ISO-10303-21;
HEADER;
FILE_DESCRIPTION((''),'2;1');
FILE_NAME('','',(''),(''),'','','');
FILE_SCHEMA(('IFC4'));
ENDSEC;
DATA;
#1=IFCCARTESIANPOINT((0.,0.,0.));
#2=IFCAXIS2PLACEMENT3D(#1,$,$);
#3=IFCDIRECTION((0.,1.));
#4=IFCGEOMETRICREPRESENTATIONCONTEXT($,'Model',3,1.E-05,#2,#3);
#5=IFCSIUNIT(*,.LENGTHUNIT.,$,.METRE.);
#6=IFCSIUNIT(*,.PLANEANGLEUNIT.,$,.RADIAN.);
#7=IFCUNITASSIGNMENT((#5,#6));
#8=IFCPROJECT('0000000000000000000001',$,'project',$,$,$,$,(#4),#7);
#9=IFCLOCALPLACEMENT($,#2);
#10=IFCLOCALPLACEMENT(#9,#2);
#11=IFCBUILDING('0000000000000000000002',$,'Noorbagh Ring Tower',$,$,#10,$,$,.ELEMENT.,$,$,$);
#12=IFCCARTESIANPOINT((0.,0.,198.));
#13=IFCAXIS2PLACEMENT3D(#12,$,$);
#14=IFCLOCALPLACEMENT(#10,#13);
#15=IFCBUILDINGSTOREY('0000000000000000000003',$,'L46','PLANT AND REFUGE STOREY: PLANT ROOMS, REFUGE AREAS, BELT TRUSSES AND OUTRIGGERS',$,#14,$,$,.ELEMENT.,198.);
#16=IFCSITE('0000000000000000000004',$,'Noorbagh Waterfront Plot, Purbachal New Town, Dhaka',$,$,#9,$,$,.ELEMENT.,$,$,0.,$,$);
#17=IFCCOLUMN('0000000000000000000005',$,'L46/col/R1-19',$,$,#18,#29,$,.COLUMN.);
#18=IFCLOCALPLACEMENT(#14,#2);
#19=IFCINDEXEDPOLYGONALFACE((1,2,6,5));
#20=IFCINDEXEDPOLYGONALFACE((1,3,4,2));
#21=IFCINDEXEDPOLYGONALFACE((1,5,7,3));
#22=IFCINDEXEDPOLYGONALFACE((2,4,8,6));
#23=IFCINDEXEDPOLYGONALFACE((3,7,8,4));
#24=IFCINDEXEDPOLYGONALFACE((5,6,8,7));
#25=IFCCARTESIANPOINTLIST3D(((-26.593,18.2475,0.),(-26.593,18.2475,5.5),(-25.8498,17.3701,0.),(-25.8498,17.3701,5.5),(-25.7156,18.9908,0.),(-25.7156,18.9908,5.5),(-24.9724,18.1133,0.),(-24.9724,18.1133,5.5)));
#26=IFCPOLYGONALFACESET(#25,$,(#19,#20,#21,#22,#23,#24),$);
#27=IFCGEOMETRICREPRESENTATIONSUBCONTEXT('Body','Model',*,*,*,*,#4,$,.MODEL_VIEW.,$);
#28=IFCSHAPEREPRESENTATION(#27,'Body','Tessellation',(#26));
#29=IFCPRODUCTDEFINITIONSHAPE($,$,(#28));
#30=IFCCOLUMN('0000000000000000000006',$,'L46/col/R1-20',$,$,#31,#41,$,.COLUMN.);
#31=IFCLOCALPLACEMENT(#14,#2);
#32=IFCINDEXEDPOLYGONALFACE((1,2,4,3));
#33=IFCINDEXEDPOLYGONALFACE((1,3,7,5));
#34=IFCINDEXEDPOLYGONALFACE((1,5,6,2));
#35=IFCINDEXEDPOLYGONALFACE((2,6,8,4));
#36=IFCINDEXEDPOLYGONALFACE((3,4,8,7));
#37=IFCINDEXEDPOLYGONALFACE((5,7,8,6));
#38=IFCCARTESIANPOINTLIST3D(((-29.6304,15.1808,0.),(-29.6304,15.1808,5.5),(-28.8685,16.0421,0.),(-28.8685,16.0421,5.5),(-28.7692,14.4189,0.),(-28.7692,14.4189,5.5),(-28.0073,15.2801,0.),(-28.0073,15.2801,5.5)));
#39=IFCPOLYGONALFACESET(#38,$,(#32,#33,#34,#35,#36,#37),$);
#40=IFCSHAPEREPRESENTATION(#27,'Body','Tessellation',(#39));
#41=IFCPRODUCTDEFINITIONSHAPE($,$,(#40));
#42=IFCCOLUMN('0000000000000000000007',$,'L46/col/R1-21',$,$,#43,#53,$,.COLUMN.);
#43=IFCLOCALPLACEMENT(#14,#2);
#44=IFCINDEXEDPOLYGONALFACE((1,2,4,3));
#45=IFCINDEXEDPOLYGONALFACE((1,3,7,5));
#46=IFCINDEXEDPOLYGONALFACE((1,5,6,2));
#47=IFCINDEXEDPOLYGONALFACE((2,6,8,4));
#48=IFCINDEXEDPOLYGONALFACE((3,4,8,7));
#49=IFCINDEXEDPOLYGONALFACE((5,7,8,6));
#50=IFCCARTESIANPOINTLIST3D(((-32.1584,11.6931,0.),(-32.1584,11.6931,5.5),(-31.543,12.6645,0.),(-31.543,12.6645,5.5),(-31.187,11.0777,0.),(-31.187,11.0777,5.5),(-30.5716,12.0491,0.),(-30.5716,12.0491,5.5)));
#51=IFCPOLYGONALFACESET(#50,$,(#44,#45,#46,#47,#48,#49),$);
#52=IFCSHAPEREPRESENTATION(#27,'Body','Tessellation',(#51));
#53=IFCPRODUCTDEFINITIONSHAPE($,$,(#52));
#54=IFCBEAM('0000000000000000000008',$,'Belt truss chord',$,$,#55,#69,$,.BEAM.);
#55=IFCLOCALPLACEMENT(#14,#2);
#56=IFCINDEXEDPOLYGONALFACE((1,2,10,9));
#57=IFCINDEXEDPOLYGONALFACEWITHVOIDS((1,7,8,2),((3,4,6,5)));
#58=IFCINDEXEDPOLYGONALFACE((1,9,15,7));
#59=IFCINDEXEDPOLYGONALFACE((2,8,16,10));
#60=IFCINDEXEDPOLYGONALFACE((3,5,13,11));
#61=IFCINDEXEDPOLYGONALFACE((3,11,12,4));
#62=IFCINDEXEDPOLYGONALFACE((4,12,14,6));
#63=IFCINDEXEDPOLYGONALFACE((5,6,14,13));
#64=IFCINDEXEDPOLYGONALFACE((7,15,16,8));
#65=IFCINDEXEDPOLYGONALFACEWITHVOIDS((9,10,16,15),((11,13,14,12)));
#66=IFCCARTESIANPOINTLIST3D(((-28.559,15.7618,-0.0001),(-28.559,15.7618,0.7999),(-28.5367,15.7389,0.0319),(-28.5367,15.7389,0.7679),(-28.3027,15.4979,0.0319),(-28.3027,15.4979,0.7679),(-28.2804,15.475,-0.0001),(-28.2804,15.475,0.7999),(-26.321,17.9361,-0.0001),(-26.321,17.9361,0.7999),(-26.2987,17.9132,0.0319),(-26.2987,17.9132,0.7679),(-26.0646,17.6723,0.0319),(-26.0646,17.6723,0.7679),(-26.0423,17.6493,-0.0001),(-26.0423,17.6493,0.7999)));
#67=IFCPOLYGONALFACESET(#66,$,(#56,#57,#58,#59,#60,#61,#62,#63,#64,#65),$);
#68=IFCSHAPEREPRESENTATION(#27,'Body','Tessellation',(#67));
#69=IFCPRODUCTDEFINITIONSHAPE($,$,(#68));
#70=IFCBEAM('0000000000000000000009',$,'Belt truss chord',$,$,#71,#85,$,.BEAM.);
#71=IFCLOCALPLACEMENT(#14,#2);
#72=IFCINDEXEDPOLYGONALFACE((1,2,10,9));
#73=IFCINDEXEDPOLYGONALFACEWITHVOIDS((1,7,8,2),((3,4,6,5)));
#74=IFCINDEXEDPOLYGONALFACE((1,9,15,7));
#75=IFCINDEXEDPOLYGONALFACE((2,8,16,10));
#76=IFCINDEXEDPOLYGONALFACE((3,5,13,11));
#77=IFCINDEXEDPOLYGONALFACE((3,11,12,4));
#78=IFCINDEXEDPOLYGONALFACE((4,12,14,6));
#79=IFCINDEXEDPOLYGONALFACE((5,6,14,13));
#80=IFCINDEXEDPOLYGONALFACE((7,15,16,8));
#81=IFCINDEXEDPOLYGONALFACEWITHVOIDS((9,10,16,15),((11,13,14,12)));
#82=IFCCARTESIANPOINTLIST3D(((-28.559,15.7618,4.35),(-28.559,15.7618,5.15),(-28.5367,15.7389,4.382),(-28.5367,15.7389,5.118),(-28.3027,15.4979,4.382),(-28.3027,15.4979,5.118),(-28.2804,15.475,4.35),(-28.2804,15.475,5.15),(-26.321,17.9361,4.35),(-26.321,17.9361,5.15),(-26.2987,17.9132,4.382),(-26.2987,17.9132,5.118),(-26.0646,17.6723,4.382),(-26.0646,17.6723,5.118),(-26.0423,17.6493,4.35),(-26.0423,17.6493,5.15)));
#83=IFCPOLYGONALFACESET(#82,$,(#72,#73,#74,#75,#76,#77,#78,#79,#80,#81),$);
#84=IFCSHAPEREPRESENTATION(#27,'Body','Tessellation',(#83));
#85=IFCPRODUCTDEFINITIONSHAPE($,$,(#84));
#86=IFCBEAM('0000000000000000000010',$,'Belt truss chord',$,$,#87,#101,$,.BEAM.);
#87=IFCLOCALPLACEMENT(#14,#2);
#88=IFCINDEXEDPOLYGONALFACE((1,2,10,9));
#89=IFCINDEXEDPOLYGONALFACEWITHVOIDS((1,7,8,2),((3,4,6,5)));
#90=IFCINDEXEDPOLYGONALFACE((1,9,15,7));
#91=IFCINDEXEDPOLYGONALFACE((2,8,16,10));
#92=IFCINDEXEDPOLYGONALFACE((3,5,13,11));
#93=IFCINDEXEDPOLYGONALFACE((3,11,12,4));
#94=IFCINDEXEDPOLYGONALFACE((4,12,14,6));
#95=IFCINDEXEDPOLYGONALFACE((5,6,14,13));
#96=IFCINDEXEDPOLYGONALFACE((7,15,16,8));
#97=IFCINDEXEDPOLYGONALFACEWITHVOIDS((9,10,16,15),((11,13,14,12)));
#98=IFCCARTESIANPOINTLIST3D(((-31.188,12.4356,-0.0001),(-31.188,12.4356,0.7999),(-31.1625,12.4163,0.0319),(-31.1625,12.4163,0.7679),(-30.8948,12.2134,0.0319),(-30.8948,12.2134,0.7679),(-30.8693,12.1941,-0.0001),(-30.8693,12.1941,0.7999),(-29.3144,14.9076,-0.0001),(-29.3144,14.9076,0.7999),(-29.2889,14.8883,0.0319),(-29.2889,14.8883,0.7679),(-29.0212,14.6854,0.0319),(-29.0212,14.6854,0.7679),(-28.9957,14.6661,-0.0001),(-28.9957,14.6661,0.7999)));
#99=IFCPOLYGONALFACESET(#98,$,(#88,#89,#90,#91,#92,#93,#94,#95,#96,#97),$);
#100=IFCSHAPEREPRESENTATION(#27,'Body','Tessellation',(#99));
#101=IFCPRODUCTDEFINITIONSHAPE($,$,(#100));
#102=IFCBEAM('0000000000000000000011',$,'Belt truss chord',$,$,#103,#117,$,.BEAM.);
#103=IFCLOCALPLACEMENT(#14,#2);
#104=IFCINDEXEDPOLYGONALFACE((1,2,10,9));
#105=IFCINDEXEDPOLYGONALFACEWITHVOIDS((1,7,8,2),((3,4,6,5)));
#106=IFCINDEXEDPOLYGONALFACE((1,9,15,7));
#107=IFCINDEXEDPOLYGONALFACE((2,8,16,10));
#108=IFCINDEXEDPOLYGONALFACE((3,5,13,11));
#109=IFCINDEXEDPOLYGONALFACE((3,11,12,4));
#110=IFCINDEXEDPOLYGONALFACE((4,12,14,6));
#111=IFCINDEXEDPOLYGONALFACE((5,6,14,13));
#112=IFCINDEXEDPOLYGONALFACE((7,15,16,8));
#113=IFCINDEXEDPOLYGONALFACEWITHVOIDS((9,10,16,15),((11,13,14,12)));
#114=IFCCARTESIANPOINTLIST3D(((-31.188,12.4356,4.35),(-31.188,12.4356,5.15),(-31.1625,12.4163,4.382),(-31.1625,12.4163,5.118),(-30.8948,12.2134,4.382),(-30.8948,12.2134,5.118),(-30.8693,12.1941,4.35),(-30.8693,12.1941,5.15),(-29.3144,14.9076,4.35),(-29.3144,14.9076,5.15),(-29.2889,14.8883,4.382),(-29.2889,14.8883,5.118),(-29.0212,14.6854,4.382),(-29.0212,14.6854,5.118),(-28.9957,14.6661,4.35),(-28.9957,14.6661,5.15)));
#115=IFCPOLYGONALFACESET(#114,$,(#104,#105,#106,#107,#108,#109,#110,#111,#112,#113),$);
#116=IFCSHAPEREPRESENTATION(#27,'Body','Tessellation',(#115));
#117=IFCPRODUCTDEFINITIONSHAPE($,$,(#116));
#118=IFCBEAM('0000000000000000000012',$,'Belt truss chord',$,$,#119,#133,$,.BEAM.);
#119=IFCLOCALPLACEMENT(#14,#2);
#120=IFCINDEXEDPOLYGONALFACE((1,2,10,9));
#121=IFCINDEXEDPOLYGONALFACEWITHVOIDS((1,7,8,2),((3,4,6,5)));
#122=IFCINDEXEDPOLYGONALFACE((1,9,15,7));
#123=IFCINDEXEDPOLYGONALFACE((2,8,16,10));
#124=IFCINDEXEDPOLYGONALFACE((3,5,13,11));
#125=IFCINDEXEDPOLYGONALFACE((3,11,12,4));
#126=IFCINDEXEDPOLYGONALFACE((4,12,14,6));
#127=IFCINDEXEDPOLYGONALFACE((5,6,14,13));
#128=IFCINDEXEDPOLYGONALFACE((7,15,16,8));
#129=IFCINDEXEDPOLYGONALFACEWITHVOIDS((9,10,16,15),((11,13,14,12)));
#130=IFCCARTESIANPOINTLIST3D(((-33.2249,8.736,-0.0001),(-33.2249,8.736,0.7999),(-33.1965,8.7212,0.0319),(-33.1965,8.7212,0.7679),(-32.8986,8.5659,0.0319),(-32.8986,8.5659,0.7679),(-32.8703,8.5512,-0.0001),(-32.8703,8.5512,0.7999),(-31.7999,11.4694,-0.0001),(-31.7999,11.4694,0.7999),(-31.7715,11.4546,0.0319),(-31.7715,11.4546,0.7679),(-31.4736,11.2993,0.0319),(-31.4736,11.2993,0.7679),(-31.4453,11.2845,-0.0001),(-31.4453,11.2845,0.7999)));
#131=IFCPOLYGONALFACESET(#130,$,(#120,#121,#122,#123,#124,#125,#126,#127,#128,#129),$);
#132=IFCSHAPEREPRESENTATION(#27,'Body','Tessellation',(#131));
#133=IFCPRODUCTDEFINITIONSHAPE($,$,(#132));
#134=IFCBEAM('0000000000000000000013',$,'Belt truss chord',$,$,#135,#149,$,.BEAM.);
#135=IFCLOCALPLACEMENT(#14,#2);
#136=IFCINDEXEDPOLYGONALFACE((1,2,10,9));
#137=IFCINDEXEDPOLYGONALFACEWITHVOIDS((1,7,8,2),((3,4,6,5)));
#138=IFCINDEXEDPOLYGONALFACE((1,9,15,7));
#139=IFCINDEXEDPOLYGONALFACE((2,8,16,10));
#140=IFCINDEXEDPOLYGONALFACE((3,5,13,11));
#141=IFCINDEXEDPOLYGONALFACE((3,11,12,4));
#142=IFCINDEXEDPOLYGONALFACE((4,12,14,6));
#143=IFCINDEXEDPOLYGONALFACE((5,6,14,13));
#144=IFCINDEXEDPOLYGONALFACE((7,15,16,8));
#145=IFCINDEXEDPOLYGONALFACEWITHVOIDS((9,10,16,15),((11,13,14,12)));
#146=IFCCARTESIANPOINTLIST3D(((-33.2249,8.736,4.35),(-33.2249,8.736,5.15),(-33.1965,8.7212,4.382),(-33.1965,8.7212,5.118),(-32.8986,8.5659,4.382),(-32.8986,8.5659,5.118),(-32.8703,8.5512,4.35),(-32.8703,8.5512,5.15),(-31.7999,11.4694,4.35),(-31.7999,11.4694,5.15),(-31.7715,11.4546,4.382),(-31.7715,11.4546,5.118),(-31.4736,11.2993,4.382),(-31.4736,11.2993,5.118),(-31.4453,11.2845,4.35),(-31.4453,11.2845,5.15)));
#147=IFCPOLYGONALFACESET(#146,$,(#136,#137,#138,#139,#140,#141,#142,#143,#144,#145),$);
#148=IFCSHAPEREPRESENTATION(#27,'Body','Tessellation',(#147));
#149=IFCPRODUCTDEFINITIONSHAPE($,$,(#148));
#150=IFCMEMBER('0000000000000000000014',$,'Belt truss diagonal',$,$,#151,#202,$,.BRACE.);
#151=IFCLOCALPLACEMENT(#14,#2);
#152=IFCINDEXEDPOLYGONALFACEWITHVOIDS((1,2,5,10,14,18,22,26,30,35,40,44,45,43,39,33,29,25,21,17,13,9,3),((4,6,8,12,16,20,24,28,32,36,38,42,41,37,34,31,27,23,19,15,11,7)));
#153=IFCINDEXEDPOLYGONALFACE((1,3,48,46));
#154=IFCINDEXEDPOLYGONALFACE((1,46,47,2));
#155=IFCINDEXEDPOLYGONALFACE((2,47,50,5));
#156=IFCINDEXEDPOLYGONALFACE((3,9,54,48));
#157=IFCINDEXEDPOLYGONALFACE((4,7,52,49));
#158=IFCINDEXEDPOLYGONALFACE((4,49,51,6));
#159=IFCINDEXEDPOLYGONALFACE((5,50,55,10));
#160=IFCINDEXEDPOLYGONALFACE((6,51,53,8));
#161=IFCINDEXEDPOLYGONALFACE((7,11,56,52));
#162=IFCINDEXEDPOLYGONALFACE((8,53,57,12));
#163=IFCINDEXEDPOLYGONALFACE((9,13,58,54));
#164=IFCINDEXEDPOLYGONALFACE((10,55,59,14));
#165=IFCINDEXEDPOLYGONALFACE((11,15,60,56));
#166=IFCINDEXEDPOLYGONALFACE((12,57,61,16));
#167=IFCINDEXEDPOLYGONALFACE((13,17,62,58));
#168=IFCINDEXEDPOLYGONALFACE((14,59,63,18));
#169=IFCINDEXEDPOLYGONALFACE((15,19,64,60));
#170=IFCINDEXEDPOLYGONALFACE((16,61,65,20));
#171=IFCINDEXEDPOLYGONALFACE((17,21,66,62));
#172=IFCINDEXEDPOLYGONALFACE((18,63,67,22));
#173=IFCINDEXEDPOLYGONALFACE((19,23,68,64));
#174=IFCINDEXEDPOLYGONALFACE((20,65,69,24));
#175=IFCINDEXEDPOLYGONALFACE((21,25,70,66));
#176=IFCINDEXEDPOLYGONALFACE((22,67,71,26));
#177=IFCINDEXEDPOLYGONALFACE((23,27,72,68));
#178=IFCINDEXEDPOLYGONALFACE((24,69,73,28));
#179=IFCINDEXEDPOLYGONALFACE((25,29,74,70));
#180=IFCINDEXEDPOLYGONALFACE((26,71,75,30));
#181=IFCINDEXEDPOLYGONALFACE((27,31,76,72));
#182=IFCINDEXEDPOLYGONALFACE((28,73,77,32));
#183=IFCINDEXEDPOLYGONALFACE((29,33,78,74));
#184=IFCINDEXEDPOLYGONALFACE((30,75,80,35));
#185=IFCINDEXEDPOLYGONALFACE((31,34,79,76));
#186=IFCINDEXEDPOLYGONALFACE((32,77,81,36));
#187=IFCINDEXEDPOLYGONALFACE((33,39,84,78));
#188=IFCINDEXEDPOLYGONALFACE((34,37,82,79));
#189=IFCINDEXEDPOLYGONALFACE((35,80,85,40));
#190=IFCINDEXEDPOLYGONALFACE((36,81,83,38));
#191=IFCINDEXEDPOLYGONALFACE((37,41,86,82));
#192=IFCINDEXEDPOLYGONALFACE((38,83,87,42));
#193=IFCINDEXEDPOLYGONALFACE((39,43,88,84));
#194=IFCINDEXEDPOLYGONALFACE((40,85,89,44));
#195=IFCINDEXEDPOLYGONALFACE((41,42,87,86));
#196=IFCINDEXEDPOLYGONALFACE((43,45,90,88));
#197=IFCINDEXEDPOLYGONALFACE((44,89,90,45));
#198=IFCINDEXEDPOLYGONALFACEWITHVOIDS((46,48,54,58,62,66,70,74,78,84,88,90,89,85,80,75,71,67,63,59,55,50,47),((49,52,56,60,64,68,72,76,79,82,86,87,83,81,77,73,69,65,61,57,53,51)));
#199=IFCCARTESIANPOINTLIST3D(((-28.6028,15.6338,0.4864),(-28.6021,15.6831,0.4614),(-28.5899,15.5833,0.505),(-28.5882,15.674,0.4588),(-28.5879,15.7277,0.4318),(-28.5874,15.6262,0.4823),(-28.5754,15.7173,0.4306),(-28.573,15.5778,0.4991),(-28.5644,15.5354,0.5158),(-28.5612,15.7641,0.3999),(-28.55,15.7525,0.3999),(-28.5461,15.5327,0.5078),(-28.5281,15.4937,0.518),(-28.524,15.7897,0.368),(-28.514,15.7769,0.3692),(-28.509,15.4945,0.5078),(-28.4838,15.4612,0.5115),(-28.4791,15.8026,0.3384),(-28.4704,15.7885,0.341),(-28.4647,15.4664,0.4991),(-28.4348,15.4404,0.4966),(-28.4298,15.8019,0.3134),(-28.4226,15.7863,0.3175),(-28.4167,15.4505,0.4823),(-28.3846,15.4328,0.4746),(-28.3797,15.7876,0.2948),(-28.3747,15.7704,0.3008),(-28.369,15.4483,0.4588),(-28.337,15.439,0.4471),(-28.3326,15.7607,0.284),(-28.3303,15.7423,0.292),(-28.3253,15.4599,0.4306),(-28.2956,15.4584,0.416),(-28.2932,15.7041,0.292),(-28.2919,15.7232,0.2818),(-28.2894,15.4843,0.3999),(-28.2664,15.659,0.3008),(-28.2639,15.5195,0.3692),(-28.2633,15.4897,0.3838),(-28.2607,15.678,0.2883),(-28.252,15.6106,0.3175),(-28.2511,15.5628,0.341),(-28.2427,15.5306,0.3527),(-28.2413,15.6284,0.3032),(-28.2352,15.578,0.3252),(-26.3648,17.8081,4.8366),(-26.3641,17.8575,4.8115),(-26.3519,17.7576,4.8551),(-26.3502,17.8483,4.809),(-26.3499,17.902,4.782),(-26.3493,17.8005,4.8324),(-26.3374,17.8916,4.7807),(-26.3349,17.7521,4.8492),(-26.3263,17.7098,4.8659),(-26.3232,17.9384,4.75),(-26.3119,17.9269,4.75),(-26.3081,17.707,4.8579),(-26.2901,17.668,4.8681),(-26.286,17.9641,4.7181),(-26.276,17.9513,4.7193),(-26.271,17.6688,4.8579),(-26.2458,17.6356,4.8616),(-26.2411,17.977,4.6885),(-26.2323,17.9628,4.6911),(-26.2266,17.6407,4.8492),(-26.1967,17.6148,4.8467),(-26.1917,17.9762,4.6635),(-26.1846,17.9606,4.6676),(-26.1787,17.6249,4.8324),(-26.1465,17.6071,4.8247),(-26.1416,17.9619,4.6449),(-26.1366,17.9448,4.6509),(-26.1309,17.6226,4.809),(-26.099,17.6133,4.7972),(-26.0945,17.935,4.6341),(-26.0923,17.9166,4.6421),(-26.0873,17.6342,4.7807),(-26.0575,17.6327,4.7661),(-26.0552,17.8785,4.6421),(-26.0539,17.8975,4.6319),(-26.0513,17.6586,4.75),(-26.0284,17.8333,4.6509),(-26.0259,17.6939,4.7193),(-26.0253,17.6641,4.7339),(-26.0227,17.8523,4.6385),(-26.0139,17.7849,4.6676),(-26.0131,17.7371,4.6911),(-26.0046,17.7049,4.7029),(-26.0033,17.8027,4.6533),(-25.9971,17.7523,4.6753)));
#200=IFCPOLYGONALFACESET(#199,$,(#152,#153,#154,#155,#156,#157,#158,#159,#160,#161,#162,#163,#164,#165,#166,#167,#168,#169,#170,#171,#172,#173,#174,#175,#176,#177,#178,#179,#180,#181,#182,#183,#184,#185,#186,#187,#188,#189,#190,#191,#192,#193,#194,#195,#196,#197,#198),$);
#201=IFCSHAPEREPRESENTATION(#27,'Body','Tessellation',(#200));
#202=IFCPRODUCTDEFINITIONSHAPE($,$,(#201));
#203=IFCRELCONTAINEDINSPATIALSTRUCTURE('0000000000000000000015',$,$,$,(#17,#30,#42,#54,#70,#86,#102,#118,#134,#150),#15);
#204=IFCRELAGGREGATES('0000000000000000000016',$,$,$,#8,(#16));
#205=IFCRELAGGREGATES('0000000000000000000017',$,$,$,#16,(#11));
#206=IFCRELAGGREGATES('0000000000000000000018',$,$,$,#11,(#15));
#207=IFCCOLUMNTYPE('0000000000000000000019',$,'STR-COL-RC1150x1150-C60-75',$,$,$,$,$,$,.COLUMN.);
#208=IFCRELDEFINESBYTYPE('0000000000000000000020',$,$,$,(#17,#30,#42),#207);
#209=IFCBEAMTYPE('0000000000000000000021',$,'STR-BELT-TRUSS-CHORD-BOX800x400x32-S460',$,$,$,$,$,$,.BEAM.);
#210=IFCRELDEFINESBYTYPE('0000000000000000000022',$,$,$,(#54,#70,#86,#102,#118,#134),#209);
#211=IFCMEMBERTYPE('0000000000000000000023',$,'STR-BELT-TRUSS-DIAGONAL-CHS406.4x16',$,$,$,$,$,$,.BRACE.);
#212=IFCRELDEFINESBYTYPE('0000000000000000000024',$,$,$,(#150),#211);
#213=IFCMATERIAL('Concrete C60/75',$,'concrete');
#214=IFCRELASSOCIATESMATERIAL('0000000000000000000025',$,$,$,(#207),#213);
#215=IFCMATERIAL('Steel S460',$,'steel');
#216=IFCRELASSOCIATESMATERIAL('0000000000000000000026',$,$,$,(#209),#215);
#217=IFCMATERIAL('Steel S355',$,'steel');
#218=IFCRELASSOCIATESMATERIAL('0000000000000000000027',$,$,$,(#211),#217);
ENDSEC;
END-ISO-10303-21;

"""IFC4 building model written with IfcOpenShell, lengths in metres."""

from ifc_helpers import new_model, si_unit, direction, frame, origin, origin_2d, place, context, subcontext, project, spatial, rectangle, hollow_rectangle, hollow_circle, extrude, material, material_profile, profile_set, type_object, element, save


model = new_model("IFC4")

# Units and contexts
model_context = context("Model", 3, precision=1e-05, world=origin(), true_north=direction((0.0, 1.0)))
body_context = subcontext(model_context, "Body", "Model", "MODEL_VIEW")
ifc_project = project(units=[si_unit("LENGTHUNIT", "METRE"), si_unit("PLANEANGLEUNIT", "RADIAN")], contexts=[model_context])

# Site, building, storey
site_placement = place(None, origin())
site = spatial("IfcSite", under=ifc_project, at=site_placement, Name="Noorbagh Waterfront Plot, Purbachal New Town, Dhaka", CompositionType="ELEMENT", RefElevation=0.0)
building_placement = place(site_placement, origin())
building = spatial("IfcBuilding", under=site, at=building_placement, Name="Noorbagh Ring Tower", CompositionType="ELEMENT")
storey_placement = place(building_placement, frame((0.0, 0.0, 198.0)))
storey = spatial("IfcBuildingStorey", under=building, at=storey_placement, Name="L46", Description="PLANT AND REFUGE STOREY: PLANT ROOMS, REFUGE AREAS, BELT TRUSSES AND OUTRIGGERS", CompositionType="ELEMENT", Elevation=198.0)

# Columns
ifc_material_1 = material(Name="Concrete C60/75", Category="concrete")
ifc_material_profile_1 = material_profile(ifc_material_1, rectangle(XDim=1.1499, YDim=1.1499, at=origin_2d()), Name="RC1150x1150")
ifc_profile_set_1 = profile_set([ifc_material_profile_1], Name="Concrete C60/75")
column_type = type_object("IfcColumnType", Name="STR-COL-RC1150x1150-C60-75", PredefinedType="COLUMN", material=ifc_profile_set_1)
for number, where, z_axis, x_axis, name in (
    (1, (-25.7827, 18.1804, 0.0), (0.0, 0.0, 1.0), (-0.763035, -0.646357, 0.0), "L46/col/R1-19"),
    (2, (-28.8188, 15.2305, 0.0), (0.0, 0.0, 1.0), (-0.662636, -0.748942, 0.0), "L46/col/R1-20"),
    (3, (-31.365, 11.8711, 0.0), (0.0, 0.0, 1.0), (-0.53519, -0.844731, 0.0), "L46/col/R1-21"),
):
    element("IfcColumn", number, at=place(storey_placement, frame(where, z_axis=z_axis, x_axis=x_axis)), inside=storey, type_object=column_type, Name=name, PredefinedType="COLUMN", context=body_context, shape_type="SweptSolid", body=[
        extrude(rectangle(XDim=1.1499, YDim=1.1499, at=origin_2d()), origin(), (0.0, 0.0, 1.0), 5.5),
    ])

# Beams
ifc_material_2 = material(Name="Steel S460", Category="steel")
ifc_material_profile_2 = material_profile(ifc_material_2, hollow_rectangle(XDim=0.3999, YDim=0.8, WallThickness=0.032, at=origin_2d()), Name="BOX800x400x32")
ifc_profile_set_2 = profile_set([ifc_material_profile_2], Name="Steel S460")
beam_type_1 = type_object("IfcBeamType", Name="STR-BELT-TRUSS-CHORD-BOX800x400x32-S460", PredefinedType="BEAM", material=ifc_profile_set_2)
for number, where, z_axis, x_axis, name in (
    (4, (-26.1816, 17.7927, 0.3999), (-0.717244, -0.696822, 0.0), (0.696822, -0.717244, 0.0), "Belt truss chord"),
    (5, (-26.1816, 17.7927, 4.75), (-0.717244, -0.696822, 0.0), (0.696822, -0.717244, 0.0), "Belt truss chord"),
):
    element("IfcBeam", number, at=place(storey_placement, frame(where, z_axis=z_axis, x_axis=x_axis)), inside=storey, type_object=beam_type_1, Name=name, PredefinedType="BEAM", context=body_context, shape_type="SweptSolid", body=[
        extrude(hollow_rectangle(XDim=0.3999, YDim=0.8, WallThickness=0.032, at=origin_2d()), origin(), (0.0, 0.0, 1.0), 3.1204),
    ])
for number, where, z_axis, x_axis, name in (
    (6, (-29.155, 14.7869, 0.3999), (-0.604035, -0.796958, 0.0), (0.796958, -0.604035, 0.0), "Belt truss chord"),
    (7, (-29.155, 14.7869, 4.75), (-0.604035, -0.796958, 0.0), (0.796958, -0.604035, 0.0), "Belt truss chord"),
):
    element("IfcBeam", number, at=place(storey_placement, frame(where, z_axis=z_axis, x_axis=x_axis)), inside=storey, type_object=beam_type_1, Name=name, PredefinedType="BEAM", context=body_context, shape_type="SweptSolid", body=[
        extrude(hollow_rectangle(XDim=0.3999, YDim=0.8, WallThickness=0.032, at=origin_2d()), origin(), (0.0, 0.0, 1.0), 3.1018),
    ])
for number, where, z_axis, x_axis, name in (
    (8, (-31.6226, 11.377, 0.3999), (-0.462293, -0.886727, 0.0), (0.886727, -0.462293, 0.0), "Belt truss chord"),
    (9, (-31.6226, 11.377, 4.75), (-0.462293, -0.886727, 0.0), (0.886727, -0.462293, 0.0), "Belt truss chord"),
):
    element("IfcBeam", number, at=place(storey_placement, frame(where, z_axis=z_axis, x_axis=x_axis)), inside=storey, type_object=beam_type_1, Name=name, PredefinedType="BEAM", context=body_context, shape_type="SweptSolid", body=[
        extrude(hollow_rectangle(XDim=0.3999, YDim=0.8, WallThickness=0.032, at=origin_2d()), origin(), (0.0, 0.0, 1.0), 3.0825),
    ])

# Member
ifc_material_3 = material(Name="Steel S355", Category="steel")
ifc_material_profile_3 = material_profile(ifc_material_3, hollow_circle(Radius=0.2031, WallThickness=0.0161, at=origin_2d()), Name="CHS406.4x16")
ifc_profile_set_3 = profile_set([ifc_material_profile_3], Name="Steel S355")
member_type = type_object("IfcMemberType", Name="STR-BELT-TRUSS-DIAGONAL-CHS406.4x16", PredefinedType="BRACE", material=ifc_profile_set_3)
member_1_placement = place(storey_placement, frame((-28.4197, 15.6184, 0.3999), z_axis=(0.418052, 0.40615, 0.812573), x_axis=(-0.696822, 0.717244, 0.0)))
element("IfcMember", 10, at=member_1_placement, inside=storey, type_object=member_type, Name="Belt truss diagonal", PredefinedType="BRACE", context=body_context, shape_type="SweptSolid", body=[
    extrude(hollow_circle(Radius=0.2031, WallThickness=0.0161, at=origin_2d()), origin(), (0.0, 0.0, 1.0), 5.3535),
])

save(model, "model.ifc")
